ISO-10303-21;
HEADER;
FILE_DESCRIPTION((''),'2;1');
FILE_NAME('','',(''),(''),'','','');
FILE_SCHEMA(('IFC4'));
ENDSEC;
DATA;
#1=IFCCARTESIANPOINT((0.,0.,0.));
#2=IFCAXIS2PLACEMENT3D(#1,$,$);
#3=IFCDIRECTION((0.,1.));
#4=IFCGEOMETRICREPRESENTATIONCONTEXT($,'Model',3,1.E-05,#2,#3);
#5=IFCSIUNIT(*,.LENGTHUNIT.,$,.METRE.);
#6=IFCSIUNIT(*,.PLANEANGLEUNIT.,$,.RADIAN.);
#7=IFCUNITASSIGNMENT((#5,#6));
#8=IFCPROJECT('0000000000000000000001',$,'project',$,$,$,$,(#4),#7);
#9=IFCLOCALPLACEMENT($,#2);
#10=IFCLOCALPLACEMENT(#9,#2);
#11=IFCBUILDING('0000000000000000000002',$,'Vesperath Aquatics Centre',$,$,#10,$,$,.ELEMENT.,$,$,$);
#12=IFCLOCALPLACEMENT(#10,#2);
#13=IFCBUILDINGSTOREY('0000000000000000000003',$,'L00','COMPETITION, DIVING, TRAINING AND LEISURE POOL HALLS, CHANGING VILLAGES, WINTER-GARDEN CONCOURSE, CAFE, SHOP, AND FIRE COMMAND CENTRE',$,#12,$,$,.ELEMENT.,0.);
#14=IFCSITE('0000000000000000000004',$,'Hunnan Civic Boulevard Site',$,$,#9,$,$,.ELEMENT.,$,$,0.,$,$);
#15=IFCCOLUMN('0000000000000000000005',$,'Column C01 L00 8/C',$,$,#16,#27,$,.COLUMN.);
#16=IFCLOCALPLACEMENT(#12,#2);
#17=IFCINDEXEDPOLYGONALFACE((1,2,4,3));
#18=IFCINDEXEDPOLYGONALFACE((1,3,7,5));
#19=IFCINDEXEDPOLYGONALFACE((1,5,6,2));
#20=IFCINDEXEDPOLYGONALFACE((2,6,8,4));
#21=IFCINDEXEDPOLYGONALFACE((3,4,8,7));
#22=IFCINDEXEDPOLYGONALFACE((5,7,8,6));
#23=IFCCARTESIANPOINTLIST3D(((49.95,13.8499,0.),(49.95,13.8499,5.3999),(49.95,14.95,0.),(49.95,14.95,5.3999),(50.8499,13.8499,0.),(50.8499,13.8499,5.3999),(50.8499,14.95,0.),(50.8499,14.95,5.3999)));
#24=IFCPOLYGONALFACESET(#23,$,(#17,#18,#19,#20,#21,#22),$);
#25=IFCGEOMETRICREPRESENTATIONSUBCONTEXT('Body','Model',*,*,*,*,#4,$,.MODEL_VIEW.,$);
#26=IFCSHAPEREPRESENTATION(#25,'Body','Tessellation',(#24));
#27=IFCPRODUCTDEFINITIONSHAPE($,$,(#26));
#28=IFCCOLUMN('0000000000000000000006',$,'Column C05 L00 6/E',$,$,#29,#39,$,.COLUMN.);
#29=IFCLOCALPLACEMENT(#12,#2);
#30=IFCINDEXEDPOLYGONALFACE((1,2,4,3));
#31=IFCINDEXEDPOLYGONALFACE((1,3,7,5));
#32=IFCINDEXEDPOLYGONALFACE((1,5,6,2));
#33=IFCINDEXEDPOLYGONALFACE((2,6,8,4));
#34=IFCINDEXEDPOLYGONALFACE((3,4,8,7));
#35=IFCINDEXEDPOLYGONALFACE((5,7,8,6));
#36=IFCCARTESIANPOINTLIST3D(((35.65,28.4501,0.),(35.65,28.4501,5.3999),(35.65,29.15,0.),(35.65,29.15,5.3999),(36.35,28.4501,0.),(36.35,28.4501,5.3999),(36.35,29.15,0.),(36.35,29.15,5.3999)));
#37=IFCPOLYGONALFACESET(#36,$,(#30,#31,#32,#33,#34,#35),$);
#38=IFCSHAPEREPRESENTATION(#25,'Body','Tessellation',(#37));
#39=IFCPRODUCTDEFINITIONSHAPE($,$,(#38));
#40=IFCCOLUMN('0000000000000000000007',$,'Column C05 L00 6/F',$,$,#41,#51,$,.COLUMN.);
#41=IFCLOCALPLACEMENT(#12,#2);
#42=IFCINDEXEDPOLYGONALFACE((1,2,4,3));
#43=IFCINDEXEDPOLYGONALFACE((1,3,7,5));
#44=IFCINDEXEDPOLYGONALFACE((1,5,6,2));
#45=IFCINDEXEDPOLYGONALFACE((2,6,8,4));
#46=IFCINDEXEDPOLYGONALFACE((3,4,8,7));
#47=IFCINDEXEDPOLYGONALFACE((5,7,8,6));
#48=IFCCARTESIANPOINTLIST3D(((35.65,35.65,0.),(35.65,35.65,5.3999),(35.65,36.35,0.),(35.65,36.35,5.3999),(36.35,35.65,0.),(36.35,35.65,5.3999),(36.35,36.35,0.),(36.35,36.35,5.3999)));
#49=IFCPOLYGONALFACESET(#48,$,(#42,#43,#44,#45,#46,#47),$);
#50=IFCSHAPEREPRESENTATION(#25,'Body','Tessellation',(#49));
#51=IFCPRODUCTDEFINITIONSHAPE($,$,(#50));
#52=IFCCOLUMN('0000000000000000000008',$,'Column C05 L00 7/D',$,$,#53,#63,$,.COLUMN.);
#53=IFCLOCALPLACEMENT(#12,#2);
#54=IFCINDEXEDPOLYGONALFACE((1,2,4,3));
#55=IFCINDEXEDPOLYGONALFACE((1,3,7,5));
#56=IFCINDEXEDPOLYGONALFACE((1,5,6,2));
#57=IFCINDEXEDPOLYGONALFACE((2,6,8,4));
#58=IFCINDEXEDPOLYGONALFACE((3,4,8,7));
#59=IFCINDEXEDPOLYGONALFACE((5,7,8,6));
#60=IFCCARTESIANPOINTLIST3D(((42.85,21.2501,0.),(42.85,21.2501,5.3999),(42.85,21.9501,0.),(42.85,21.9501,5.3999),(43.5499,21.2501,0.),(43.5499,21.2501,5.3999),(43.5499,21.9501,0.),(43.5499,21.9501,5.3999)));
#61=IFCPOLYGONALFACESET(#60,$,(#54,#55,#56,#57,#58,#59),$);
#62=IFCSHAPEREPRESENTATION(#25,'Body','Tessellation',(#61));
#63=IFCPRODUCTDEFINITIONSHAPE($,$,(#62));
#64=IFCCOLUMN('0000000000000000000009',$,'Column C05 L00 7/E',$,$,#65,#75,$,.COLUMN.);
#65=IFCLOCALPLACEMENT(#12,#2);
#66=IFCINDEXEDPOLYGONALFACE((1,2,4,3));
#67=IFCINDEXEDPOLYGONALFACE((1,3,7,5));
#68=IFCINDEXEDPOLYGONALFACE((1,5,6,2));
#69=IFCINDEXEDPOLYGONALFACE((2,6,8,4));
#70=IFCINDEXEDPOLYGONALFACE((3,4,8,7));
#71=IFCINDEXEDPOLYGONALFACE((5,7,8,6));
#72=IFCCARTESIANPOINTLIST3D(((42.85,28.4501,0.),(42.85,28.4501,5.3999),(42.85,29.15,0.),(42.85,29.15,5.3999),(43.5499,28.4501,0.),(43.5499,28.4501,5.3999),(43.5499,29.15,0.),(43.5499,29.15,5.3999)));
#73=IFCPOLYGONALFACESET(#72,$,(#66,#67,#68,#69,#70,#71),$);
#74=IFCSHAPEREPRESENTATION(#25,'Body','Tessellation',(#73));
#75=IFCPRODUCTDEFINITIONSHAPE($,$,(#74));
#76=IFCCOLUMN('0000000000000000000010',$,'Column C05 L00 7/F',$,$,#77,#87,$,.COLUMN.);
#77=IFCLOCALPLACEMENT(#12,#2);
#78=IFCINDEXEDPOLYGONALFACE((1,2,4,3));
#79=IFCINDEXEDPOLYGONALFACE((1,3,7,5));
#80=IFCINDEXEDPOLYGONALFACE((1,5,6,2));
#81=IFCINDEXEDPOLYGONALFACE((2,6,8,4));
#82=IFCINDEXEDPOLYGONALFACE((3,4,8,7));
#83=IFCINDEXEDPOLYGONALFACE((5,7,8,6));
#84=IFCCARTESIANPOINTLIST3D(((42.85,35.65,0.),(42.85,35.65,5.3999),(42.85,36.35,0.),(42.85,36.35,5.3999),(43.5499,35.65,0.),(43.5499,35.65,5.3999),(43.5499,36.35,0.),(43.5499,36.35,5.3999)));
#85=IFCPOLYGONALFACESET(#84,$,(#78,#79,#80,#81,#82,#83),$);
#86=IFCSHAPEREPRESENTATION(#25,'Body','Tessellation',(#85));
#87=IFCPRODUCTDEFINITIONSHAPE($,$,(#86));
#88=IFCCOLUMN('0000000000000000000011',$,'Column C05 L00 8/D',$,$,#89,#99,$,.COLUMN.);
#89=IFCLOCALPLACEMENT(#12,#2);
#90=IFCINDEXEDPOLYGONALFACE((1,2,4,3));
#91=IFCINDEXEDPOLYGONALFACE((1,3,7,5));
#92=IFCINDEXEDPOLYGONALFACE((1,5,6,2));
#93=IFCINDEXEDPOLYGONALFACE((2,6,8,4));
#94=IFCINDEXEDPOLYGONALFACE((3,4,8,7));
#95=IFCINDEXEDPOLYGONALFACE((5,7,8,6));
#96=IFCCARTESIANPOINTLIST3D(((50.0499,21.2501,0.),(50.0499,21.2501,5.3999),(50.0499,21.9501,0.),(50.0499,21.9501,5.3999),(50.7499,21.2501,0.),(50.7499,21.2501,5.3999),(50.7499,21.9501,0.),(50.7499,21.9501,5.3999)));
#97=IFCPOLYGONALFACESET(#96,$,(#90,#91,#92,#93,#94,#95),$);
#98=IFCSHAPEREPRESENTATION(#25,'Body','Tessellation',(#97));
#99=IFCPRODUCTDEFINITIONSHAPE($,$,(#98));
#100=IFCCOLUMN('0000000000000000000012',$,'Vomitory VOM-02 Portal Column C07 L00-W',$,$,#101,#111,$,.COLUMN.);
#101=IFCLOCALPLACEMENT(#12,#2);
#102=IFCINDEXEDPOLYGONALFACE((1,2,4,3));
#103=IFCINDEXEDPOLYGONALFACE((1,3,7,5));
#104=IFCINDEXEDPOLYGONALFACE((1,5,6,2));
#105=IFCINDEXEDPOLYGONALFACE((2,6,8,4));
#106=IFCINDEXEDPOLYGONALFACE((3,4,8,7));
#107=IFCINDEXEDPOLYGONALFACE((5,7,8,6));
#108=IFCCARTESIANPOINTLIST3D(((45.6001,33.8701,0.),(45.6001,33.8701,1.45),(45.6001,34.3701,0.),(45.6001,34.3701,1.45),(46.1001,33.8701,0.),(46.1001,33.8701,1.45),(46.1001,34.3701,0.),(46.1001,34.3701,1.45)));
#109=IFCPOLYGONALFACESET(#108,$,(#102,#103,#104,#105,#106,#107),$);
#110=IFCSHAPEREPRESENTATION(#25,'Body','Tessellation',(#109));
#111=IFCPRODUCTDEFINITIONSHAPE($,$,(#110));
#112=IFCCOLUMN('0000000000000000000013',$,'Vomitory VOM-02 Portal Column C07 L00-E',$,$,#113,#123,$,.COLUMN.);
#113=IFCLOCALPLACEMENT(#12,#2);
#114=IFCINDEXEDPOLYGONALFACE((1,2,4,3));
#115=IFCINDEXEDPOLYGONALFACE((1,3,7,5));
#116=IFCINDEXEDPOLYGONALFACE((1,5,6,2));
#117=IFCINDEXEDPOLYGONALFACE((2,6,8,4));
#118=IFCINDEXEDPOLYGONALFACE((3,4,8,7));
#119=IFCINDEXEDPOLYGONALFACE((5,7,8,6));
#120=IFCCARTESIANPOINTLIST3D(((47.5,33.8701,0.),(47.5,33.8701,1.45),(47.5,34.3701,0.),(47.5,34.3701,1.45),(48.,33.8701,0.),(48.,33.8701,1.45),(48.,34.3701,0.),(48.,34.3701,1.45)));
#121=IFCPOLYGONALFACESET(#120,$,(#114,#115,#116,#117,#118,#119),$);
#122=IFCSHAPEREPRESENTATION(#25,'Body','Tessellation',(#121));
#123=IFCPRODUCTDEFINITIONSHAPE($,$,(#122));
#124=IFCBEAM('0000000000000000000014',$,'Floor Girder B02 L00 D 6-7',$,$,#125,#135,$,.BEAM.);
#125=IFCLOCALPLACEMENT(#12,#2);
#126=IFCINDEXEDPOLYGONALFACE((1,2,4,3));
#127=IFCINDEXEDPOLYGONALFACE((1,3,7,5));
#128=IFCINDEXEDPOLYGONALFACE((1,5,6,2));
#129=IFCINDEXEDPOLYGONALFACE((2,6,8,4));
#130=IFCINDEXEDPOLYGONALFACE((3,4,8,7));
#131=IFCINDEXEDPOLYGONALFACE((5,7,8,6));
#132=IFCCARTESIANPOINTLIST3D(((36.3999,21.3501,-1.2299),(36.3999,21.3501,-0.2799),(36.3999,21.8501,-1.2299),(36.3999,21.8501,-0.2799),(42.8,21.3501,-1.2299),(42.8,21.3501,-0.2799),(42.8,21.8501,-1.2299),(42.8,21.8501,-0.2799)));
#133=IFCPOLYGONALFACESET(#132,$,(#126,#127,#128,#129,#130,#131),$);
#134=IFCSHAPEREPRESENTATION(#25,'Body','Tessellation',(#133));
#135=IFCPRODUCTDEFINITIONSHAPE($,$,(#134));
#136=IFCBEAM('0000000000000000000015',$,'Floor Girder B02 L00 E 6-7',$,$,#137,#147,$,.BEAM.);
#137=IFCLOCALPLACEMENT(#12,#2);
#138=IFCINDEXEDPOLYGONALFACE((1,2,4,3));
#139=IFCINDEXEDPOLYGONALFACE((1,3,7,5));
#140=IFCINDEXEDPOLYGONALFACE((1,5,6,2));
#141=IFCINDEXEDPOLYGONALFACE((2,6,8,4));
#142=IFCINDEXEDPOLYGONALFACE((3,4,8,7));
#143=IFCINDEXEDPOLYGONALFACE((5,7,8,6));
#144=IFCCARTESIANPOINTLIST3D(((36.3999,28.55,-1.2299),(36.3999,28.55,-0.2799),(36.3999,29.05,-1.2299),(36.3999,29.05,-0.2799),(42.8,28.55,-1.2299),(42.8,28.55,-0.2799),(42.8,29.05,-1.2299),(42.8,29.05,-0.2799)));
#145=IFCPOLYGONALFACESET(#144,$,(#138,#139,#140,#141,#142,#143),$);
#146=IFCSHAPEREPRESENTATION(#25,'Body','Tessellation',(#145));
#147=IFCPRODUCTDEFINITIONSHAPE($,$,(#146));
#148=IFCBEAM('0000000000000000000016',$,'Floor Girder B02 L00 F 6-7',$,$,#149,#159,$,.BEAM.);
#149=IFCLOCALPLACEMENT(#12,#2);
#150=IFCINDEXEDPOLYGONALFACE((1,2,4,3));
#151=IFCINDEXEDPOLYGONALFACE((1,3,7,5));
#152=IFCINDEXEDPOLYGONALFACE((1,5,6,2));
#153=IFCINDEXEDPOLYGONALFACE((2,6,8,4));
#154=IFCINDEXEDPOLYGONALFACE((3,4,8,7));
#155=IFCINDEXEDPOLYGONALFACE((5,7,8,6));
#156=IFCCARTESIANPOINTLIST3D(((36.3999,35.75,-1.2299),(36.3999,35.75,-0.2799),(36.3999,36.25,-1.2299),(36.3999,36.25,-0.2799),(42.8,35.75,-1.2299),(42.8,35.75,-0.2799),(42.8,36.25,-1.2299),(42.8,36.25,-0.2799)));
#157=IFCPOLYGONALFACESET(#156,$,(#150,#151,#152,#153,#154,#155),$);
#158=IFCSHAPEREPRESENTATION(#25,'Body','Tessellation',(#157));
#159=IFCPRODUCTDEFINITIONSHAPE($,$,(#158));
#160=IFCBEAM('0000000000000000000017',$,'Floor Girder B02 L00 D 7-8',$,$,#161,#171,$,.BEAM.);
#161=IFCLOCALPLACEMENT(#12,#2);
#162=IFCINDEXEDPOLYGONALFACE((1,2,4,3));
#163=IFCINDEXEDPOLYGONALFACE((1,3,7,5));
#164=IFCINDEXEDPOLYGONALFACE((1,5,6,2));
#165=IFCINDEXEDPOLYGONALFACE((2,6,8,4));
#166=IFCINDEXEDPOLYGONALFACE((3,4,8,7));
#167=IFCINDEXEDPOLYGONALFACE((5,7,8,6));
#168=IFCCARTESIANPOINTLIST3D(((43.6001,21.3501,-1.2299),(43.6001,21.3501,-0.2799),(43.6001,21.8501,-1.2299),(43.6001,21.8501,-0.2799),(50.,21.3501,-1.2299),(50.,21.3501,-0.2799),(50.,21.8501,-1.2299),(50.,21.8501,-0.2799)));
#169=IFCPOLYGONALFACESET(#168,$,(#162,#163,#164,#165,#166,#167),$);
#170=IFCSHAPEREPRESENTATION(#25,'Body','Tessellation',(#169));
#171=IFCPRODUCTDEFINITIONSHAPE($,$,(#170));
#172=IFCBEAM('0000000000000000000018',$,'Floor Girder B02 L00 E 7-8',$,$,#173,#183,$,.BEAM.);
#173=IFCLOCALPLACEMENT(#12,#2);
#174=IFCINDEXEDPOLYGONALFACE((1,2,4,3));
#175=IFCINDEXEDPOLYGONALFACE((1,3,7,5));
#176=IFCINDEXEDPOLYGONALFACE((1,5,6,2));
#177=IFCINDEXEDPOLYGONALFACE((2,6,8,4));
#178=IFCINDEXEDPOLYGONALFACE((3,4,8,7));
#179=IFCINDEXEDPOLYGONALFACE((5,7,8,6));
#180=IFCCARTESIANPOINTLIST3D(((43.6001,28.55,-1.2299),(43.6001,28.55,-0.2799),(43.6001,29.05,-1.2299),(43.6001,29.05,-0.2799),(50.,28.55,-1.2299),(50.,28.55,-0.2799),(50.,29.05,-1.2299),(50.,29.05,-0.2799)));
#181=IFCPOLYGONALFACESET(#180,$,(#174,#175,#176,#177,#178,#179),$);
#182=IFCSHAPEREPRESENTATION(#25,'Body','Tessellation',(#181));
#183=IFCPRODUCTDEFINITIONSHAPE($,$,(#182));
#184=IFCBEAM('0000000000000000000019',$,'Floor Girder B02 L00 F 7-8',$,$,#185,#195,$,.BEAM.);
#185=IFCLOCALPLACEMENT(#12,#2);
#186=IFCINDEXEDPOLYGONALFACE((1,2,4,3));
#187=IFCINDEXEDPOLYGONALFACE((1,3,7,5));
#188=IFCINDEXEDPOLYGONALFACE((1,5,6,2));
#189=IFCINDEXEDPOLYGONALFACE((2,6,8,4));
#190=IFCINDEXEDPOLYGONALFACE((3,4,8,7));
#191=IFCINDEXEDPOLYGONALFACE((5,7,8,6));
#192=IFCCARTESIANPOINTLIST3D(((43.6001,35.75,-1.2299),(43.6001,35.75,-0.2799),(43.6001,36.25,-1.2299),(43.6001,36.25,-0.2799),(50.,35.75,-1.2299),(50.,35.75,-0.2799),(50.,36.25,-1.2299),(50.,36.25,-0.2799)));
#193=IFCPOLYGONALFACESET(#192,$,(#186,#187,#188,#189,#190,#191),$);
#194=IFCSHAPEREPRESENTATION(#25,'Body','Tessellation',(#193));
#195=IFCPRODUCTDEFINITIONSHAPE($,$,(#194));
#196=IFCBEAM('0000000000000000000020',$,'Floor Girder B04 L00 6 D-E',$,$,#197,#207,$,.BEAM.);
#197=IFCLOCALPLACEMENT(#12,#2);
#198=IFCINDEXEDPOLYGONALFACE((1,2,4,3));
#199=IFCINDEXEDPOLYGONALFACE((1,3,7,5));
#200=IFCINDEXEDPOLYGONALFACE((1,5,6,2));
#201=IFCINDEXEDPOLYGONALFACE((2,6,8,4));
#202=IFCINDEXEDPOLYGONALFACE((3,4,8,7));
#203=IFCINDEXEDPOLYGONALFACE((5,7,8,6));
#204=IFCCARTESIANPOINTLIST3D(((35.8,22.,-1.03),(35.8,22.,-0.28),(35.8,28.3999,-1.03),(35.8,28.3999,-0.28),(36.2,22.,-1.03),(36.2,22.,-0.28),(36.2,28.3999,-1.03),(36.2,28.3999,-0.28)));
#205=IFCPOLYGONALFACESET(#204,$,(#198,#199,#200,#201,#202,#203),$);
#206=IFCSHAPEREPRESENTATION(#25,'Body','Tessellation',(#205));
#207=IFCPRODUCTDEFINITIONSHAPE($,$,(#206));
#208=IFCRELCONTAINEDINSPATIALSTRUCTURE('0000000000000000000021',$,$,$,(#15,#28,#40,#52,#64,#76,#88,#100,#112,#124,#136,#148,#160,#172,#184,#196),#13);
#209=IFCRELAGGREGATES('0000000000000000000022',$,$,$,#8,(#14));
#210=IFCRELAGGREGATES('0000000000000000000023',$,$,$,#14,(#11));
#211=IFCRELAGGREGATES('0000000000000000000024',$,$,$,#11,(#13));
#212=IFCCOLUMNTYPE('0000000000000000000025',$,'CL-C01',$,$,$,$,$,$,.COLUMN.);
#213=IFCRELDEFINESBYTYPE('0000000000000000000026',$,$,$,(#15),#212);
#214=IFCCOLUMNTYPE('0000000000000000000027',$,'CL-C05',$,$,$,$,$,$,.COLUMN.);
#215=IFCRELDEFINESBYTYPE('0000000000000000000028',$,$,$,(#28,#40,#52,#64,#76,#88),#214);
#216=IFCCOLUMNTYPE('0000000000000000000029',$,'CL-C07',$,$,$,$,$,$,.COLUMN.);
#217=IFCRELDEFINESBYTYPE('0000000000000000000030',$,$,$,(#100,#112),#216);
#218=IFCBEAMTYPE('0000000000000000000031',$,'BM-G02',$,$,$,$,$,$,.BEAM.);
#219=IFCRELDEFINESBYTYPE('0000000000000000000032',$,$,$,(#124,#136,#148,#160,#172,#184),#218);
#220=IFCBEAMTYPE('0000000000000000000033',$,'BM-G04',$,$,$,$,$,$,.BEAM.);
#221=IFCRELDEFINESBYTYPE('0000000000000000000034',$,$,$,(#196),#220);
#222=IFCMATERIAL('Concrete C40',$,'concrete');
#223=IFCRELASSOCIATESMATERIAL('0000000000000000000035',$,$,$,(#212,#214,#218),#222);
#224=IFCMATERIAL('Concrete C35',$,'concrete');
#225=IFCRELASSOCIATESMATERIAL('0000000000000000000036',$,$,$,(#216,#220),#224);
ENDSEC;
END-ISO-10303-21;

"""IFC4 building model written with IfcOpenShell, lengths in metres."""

from ifc_helpers import new_model, si_unit, direction, frame, origin, origin_2d, place, context, subcontext, project, spatial, rectangle, extrude, material, material_profile, profile_set, type_object, element, save


model = new_model("IFC4")

# Units and contexts
model_context = context("Model", 3, precision=1e-05, world=origin(), true_north=direction((0.0, 1.0)))
body_context = subcontext(model_context, "Body", "Model", "MODEL_VIEW")
ifc_project = project(units=[si_unit("LENGTHUNIT", "METRE"), si_unit("PLANEANGLEUNIT", "RADIAN")], contexts=[model_context])

# Site, building, storey
site_placement = place(None, origin())
site = spatial("IfcSite", under=ifc_project, at=site_placement, Name="Hunnan Civic Boulevard Site", CompositionType="ELEMENT", RefElevation=0.0)
building_placement = place(site_placement, origin())
building = spatial("IfcBuilding", under=site, at=building_placement, Name="Vesperath Aquatics Centre", CompositionType="ELEMENT")
storey_placement = place(building_placement, origin())
storey = spatial("IfcBuildingStorey", under=building, at=storey_placement, Name="L00", Description="COMPETITION, DIVING, TRAINING AND LEISURE POOL HALLS, CHANGING VILLAGES, WINTER-GARDEN CONCOURSE, CAFE, SHOP, AND FIRE COMMAND CENTRE", CompositionType="ELEMENT", Elevation=0.0)

# Columns
ifc_material_1 = material(Name="Concrete C40", Category="concrete")
ifc_material_profile_1 = material_profile(ifc_material_1, rectangle(XDim=0.8999, YDim=1.1001, at=origin_2d()), Name="RC 1100x900")
ifc_profile_set_1 = profile_set([ifc_material_profile_1], Name="Concrete C40")
column_type_1 = type_object("IfcColumnType", Name="CL-C01", PredefinedType="COLUMN", material=ifc_profile_set_1)
column_placement = place(storey_placement, frame((50.3999, 14.3999, 0.0), z_axis=(0.0, 0.0, 1.0), x_axis=(1.0, 0.0, 0.0)))
element("IfcColumn", 1, at=column_placement, inside=storey, type_object=column_type_1, Name="Column C01 L00 8/C", PredefinedType="COLUMN", context=body_context, shape_type="SweptSolid", body=[
    extrude(rectangle(XDim=0.8999, YDim=1.1001, at=origin_2d()), origin(), (0.0, 0.0, 1.0), 5.3999),
])
ifc_material_profile_2 = material_profile(ifc_material_1, rectangle(XDim=0.7, YDim=0.7, at=origin_2d()), Name="RC 700x700")
ifc_profile_set_2 = profile_set([ifc_material_profile_2], Name="Concrete C40")
column_type_2 = type_object("IfcColumnType", Name="CL-C05", PredefinedType="COLUMN", material=ifc_profile_set_2)
for number, where, z_axis, x_axis, name in (
    (2, (36.0, 28.8, 0.0), (0.0, 0.0, 1.0), (1.0, 0.0, 0.0), "Column C05 L00 6/E"),
    (3, (36.0, 36.0, 0.0), (0.0, 0.0, 1.0), (1.0, 0.0, 0.0), "Column C05 L00 6/F"),
    (4, (43.2, 21.6001, 0.0), (0.0, 0.0, 1.0), (1.0, 0.0, 0.0), "Column C05 L00 7/D"),
    (5, (43.2, 28.8, 0.0), (0.0, 0.0, 1.0), (1.0, 0.0, 0.0), "Column C05 L00 7/E"),
    (6, (43.2, 36.0, 0.0), (0.0, 0.0, 1.0), (1.0, 0.0, 0.0), "Column C05 L00 7/F"),
    (7, (50.3999, 21.6001, 0.0), (0.0, 0.0, 1.0), (1.0, 0.0, 0.0), "Column C05 L00 8/D"),
):
    element("IfcColumn", number, at=place(storey_placement, frame(where, z_axis=z_axis, x_axis=x_axis)), inside=storey, type_object=column_type_2, Name=name, PredefinedType="COLUMN", context=body_context, shape_type="SweptSolid", body=[
        extrude(rectangle(XDim=0.7, YDim=0.7, at=origin_2d()), origin(), (0.0, 0.0, 1.0), 5.3999),
    ])
ifc_material_2 = material(Name="Concrete C35", Category="concrete")
ifc_material_profile_3 = material_profile(ifc_material_2, rectangle(XDim=0.5, YDim=0.5, at=origin_2d()), Name="RC 500x500")
ifc_profile_set_3 = profile_set([ifc_material_profile_3], Name="Concrete C35")
column_type_3 = type_object("IfcColumnType", Name="CL-C07", PredefinedType="COLUMN", material=ifc_profile_set_3)
for number, where, z_axis, x_axis, name in (
    (8, (45.8501, 34.1201, 0.0), (0.0, 0.0, 1.0), (1.0, 0.0, 0.0), "Vomitory VOM-02 Portal Column C07 L00-W"),
    (9, (47.75, 34.1201, 0.0), (0.0, 0.0, 1.0), (1.0, 0.0, 0.0), "Vomitory VOM-02 Portal Column C07 L00-E"),
):
    element("IfcColumn", number, at=place(storey_placement, frame(where, z_axis=z_axis, x_axis=x_axis)), inside=storey, type_object=column_type_3, Name=name, PredefinedType="COLUMN", context=body_context, shape_type="SweptSolid", body=[
        extrude(rectangle(XDim=0.5, YDim=0.5, at=origin_2d()), origin(), (0.0, 0.0, 1.0), 1.45),
    ])

# Beams
ifc_material_profile_4 = material_profile(ifc_material_1, rectangle(XDim=0.5, YDim=0.95, at=origin_2d()), Name="RC 500x950")
ifc_profile_set_4 = profile_set([ifc_material_profile_4], Name="Concrete C40")
beam_type_1 = type_object("IfcBeamType", Name="BM-G02", PredefinedType="BEAM", material=ifc_profile_set_4)
for number, where, z_axis, x_axis, name in (
    (10, (36.3999, 21.6001, -0.7549), (1.0, 0.0, 0.0), (0.0, 1.0, 0.0), "Floor Girder B02 L00 D 6-7"),
    (11, (36.3999, 28.8, -0.7549), (1.0, 0.0, 0.0), (0.0, 1.0, 0.0), "Floor Girder B02 L00 E 6-7"),
    (12, (36.3999, 36.0, -0.7549), (1.0, 0.0, 0.0), (0.0, 1.0, 0.0), "Floor Girder B02 L00 F 6-7"),
):
    element("IfcBeam", number, at=place(storey_placement, frame(where, z_axis=z_axis, x_axis=x_axis)), inside=storey, type_object=beam_type_1, Name=name, PredefinedType="BEAM", context=body_context, shape_type="SweptSolid", body=[
        extrude(rectangle(XDim=0.5, YDim=0.95, at=origin_2d()), origin(), (0.0, 0.0, 1.0), 6.4001),
    ])
for number, where, z_axis, x_axis, name in (
    (13, (43.6001, 21.6001, -0.7549), (1.0, 0.0, 0.0), (0.0, 1.0, 0.0), "Floor Girder B02 L00 D 7-8"),
    (14, (43.6001, 28.8, -0.7549), (1.0, 0.0, 0.0), (0.0, 1.0, 0.0), "Floor Girder B02 L00 E 7-8"),
    (15, (43.6001, 36.0, -0.7549), (1.0, 0.0, 0.0), (0.0, 1.0, 0.0), "Floor Girder B02 L00 F 7-8"),
):
    element("IfcBeam", number, at=place(storey_placement, frame(where, z_axis=z_axis, x_axis=x_axis)), inside=storey, type_object=beam_type_1, Name=name, PredefinedType="BEAM", context=body_context, shape_type="SweptSolid", body=[
        extrude(rectangle(XDim=0.5, YDim=0.95, at=origin_2d()), origin(), (0.0, 0.0, 1.0), 6.3999),
    ])
ifc_material_profile_5 = material_profile(ifc_material_2, rectangle(XDim=0.3999, YDim=0.75, at=origin_2d()), Name="RC 400x750")
ifc_profile_set_5 = profile_set([ifc_material_profile_5], Name="Concrete C35")
beam_type_2 = type_object("IfcBeamType", Name="BM-G04", PredefinedType="BEAM", material=ifc_profile_set_5)
beam_1_placement = place(storey_placement, frame((36.0, 22.0, -0.655), z_axis=(0.0, 1.0, 0.0), x_axis=(-1.0, 0.0, 0.0)))
element("IfcBeam", 16, at=beam_1_placement, inside=storey, type_object=beam_type_2, Name="Floor Girder B04 L00 6 D-E", PredefinedType="BEAM", context=body_context, shape_type="SweptSolid", body=[
    extrude(rectangle(XDim=0.3999, YDim=0.75, at=origin_2d()), origin(), (0.0, 0.0, 1.0), 6.3999),
])

save(model, "model.ifc")
